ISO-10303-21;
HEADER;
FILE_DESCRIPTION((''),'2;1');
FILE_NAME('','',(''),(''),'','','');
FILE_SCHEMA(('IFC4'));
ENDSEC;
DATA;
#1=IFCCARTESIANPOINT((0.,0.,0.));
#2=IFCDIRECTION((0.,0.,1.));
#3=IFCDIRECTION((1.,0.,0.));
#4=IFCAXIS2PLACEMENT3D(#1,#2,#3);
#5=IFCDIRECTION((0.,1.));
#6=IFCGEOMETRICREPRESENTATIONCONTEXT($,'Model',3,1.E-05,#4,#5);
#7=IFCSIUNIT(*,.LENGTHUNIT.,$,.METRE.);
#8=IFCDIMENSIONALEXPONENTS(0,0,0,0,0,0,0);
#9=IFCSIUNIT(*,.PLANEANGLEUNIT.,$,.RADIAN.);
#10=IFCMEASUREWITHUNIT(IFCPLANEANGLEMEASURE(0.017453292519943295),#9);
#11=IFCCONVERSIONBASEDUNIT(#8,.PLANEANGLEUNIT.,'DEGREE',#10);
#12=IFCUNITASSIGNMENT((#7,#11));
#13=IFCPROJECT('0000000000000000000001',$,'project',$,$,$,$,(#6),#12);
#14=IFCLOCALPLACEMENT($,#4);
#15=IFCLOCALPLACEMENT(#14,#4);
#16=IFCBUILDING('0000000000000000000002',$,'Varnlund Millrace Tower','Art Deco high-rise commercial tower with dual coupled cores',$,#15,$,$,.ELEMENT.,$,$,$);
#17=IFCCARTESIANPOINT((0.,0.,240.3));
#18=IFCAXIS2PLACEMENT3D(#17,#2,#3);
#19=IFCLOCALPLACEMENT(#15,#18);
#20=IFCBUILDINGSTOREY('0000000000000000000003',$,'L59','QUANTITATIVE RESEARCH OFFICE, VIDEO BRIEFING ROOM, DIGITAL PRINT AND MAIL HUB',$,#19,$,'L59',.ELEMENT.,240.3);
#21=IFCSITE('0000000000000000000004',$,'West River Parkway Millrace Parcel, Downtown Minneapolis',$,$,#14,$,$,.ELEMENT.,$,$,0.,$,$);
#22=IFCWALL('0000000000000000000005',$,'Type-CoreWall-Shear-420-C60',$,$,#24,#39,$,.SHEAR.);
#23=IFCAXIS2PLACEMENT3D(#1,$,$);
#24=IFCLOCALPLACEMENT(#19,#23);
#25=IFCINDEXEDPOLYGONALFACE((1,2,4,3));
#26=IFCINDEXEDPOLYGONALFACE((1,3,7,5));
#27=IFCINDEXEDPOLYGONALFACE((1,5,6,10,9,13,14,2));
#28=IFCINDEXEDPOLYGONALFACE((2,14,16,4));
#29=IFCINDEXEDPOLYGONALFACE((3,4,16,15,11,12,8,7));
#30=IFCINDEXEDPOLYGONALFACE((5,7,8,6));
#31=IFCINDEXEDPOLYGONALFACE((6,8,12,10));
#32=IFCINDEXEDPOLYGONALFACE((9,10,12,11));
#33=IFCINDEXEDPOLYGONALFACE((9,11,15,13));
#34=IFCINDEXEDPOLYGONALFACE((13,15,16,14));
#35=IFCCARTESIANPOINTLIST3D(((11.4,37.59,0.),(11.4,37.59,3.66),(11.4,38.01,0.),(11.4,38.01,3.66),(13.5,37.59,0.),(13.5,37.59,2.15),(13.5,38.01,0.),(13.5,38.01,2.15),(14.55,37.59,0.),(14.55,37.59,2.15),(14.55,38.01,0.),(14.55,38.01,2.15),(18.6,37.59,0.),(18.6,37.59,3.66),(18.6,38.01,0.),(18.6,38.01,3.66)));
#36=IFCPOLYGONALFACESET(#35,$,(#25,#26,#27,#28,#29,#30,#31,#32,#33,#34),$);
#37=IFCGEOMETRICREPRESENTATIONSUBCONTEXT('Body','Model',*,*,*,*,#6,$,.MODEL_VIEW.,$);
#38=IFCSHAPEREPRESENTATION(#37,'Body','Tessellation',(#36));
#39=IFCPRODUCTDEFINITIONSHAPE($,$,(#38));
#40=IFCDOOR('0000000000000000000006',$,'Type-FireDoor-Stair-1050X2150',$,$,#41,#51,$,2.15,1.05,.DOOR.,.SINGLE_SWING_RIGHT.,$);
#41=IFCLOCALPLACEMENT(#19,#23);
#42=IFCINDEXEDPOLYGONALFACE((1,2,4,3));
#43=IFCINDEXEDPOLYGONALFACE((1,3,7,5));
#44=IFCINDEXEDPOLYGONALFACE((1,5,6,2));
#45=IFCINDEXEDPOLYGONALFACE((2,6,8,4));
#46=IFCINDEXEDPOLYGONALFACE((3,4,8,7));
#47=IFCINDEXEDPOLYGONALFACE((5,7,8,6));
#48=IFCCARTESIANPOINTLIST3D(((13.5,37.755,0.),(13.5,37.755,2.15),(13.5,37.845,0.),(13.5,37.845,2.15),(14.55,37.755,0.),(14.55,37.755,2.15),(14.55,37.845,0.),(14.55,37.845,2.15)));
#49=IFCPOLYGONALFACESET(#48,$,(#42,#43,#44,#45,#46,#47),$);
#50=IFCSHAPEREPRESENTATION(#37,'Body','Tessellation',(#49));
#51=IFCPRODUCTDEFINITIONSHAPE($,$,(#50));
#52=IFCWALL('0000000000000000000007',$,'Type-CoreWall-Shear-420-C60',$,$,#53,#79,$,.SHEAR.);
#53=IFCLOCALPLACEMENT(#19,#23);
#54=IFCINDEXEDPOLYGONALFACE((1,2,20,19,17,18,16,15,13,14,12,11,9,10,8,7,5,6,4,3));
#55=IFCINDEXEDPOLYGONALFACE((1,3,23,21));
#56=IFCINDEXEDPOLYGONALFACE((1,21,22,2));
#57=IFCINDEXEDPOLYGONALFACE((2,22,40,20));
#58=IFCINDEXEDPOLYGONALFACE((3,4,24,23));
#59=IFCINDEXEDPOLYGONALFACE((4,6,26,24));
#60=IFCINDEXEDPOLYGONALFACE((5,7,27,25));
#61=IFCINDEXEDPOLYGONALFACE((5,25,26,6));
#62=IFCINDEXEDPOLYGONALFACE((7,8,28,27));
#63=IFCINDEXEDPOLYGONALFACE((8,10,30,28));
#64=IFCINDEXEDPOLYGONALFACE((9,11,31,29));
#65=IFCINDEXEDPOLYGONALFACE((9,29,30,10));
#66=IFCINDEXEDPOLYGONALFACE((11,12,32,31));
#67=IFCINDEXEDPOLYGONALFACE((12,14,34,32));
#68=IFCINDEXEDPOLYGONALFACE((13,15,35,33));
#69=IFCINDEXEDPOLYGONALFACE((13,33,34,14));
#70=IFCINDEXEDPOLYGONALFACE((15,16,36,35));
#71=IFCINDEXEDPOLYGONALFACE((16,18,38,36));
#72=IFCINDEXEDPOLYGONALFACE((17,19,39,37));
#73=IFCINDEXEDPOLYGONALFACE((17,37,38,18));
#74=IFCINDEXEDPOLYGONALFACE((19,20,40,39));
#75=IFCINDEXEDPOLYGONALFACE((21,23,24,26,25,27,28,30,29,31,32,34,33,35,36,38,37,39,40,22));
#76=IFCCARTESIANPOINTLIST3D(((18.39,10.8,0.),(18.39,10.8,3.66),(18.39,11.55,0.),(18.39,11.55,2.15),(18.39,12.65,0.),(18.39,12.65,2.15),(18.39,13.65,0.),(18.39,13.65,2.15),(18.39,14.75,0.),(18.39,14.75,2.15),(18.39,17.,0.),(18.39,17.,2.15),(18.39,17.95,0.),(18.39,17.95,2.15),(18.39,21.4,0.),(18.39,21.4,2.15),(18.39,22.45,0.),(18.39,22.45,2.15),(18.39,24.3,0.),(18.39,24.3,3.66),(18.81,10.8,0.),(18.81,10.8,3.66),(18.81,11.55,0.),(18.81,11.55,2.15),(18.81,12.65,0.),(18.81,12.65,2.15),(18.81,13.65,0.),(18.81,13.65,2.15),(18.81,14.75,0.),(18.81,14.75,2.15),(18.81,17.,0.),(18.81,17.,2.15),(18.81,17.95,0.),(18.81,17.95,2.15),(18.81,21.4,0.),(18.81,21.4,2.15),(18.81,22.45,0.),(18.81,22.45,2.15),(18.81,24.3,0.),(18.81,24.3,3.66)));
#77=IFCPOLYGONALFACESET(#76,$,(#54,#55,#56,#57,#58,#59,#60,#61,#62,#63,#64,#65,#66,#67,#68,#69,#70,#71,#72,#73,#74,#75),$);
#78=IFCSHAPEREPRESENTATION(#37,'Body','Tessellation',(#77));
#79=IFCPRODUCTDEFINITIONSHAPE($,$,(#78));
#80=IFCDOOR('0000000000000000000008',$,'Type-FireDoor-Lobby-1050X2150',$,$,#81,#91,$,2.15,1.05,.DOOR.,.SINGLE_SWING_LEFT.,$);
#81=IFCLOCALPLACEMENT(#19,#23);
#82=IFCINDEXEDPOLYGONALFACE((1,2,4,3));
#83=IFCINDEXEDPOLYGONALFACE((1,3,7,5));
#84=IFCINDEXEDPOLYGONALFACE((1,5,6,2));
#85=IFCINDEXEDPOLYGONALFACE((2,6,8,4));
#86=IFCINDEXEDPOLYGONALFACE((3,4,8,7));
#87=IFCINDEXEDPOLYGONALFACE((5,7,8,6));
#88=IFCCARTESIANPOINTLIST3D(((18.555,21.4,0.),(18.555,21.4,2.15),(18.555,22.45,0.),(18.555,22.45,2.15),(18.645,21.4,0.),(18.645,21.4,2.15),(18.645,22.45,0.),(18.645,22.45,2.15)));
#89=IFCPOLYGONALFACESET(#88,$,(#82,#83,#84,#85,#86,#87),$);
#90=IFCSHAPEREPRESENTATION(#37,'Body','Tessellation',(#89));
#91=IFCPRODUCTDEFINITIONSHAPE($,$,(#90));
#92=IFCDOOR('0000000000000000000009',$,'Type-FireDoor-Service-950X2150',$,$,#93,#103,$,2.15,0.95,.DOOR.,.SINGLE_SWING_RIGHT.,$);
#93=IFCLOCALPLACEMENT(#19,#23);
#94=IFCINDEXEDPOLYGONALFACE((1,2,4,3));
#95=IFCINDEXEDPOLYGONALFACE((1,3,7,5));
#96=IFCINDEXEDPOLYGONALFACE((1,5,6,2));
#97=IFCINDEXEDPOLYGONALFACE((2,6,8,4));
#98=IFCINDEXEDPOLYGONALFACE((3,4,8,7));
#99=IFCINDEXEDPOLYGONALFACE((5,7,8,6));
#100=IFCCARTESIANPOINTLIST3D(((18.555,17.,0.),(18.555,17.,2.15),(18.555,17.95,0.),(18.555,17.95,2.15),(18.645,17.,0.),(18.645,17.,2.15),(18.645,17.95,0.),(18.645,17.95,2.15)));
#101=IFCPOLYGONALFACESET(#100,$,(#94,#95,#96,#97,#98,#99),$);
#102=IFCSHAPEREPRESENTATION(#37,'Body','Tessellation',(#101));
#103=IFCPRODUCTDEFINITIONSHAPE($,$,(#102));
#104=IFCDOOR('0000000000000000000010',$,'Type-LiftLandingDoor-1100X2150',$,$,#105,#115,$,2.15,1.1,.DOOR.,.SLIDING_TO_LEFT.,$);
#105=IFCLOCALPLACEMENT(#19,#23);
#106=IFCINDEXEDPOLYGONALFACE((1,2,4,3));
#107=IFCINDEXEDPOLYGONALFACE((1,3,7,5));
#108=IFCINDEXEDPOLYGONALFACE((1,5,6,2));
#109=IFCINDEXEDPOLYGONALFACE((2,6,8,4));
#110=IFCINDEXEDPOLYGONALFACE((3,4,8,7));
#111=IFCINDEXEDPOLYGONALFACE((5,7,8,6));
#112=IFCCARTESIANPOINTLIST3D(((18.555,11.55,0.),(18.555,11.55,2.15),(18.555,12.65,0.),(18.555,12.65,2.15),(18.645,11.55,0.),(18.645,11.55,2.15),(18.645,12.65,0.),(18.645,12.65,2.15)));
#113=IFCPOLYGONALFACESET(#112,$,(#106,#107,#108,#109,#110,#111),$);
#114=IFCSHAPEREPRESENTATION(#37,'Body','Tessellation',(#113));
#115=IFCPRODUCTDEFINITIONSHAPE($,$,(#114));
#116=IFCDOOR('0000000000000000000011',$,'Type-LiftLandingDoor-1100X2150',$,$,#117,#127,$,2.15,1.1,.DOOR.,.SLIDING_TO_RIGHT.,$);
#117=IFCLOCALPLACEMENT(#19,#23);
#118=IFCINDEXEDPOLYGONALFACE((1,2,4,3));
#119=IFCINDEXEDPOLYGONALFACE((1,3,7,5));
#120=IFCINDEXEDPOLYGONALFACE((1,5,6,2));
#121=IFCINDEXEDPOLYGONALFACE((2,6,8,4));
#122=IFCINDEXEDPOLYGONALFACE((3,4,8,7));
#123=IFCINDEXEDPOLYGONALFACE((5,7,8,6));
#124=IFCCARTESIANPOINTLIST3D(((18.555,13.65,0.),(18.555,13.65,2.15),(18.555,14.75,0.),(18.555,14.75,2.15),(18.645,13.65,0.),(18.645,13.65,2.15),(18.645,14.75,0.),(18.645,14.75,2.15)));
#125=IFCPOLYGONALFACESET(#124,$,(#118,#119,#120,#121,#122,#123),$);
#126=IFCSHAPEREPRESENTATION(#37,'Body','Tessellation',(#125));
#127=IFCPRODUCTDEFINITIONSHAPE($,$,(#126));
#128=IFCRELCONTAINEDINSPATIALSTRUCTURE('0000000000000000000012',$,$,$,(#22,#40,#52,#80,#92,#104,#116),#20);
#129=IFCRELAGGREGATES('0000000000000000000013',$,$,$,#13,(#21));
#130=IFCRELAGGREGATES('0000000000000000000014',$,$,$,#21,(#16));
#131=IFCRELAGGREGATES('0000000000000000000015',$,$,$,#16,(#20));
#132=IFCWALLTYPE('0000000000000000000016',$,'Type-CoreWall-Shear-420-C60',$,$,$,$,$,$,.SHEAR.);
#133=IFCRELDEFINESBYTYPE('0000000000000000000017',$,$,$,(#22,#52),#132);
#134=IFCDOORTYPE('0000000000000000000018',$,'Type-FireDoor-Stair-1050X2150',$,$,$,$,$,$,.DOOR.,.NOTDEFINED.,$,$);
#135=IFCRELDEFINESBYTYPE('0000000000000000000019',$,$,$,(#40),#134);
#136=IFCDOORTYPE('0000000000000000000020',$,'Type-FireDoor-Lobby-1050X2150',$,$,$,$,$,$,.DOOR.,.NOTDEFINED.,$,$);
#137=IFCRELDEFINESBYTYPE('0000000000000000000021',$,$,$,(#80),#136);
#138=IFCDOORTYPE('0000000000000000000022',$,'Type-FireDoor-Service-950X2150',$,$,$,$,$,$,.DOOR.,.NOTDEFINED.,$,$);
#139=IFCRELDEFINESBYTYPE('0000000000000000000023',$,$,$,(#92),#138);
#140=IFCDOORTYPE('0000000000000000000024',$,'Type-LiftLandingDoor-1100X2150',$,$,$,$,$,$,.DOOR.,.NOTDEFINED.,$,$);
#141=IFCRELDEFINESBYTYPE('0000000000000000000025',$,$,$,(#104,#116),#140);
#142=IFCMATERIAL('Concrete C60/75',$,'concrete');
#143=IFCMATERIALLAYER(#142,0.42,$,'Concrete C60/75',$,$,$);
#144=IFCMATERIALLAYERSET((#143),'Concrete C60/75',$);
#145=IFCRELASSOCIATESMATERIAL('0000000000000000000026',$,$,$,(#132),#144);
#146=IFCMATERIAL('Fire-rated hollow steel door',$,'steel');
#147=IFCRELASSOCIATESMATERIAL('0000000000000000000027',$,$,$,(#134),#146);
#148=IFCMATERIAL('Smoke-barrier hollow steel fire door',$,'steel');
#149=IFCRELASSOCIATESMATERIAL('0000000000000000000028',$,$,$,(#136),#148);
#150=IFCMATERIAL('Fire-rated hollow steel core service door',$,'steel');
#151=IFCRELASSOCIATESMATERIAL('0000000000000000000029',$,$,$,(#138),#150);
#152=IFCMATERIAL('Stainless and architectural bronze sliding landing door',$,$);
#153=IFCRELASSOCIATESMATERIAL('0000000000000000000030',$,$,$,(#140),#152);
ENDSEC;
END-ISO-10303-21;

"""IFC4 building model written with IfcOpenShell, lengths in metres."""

from ifc_helpers import new_model, entity, si_unit, converted_unit, direction, frame, origin_with_axes, origin_2d_with_axis, place, context, subcontext, project, spatial, polyline, rectangle, outline, extrude, material, layer, layer_set, type_object, element, fill, save


model = new_model("IFC4")

# Units and contexts
model_context = context("Model", 3, precision=1e-05, world=origin_with_axes(), true_north=direction((0.0, 1.0)))
body_context = subcontext(model_context, "Body", "Model", "MODEL_VIEW")
ifc_project = project(units=[si_unit("LENGTHUNIT", "METRE"), converted_unit("PLANEANGLEUNIT", "DEGREE", entity("IfcPlaneAngleMeasure", 0.017453292519943295), si_unit("PLANEANGLEUNIT", "RADIAN"), dimensions=[0, 0, 0, 0, 0, 0, 0])], contexts=[model_context])

# Site, building, storey
site_placement = place(None, origin_with_axes())
site = spatial("IfcSite", under=ifc_project, at=site_placement, Name="West River Parkway Millrace Parcel, Downtown Minneapolis", CompositionType="ELEMENT", RefElevation=0.0)
building_placement = place(site_placement, origin_with_axes())
building = spatial("IfcBuilding", under=site, at=building_placement, Name="Varnlund Millrace Tower", Description="Art Deco high-rise commercial tower with dual coupled cores", CompositionType="ELEMENT")
storey_placement = place(building_placement, frame((0.0, 0.0, 240.3), z_axis=(0.0, 0.0, 1.0), x_axis=(1.0, 0.0, 0.0)))
storey = spatial("IfcBuildingStorey", under=building, at=storey_placement, Name="L59", Description="QUANTITATIVE RESEARCH OFFICE, VIDEO BRIEFING ROOM, DIGITAL PRINT AND MAIL HUB", LongName="L59", CompositionType="ELEMENT", Elevation=240.3)

# Wall, opening, door
ifc_material_1 = material(Name="Concrete C60/75", Category="concrete")
ifc_layer_1 = layer(ifc_material_1, 0.42, Name="Concrete C60/75")
ifc_layer_set_1 = layer_set([ifc_layer_1], Name="Concrete C60/75")
wall_type_1 = type_object("IfcWallType", Name="Type-CoreWall-Shear-420-C60", PredefinedType="SHEAR", material=ifc_layer_set_1)
wall_1_placement = place(storey_placement, frame((11.4, 37.8, 0.0), z_axis=(0.0, 0.0, 1.0), x_axis=(1.0, 0.0, 0.0)))
wall_1 = element("IfcWall", 1, at=wall_1_placement, inside=storey, type_object=wall_type_1, Name="Type-CoreWall-Shear-420-C60", PredefinedType="SHEAR", context=body_context, shape_type="SweptSolid", body=[
    extrude(outline(polyline([(0.0, -0.21), (7.2, -0.21), (7.2, 0.21), (0.0, 0.21), (0.0, -0.21)])), origin_with_axes(), (0.0, 0.0, 1.0), 3.66),
])
opening_1_placement = place(wall_1_placement, frame((2.625, 0.0, 0.0), z_axis=(0.0, 0.0, 1.0), x_axis=(1.0, 0.0, 0.0)))
opening_1 = element("IfcOpeningElement", 2, at=opening_1_placement, cuts=wall_1, PredefinedType="OPENING", context=body_context, shape_type="SweptSolid", body=[
    extrude(rectangle(XDim=1.05, YDim=0.44, at=origin_2d_with_axis()), origin_with_axes(), (0.0, 0.0, 1.0), 2.15),
])
ifc_material_2 = material(Name="Fire-rated hollow steel door", Category="steel")
door_type_1 = type_object("IfcDoorType", Name="Type-FireDoor-Stair-1050X2150", OperationType="NOTDEFINED", PredefinedType="DOOR", material=ifc_material_2)
door_1_placement = place(wall_1_placement, frame((2.625, 0.0, 0.0), z_axis=(0.0, 0.0, 1.0), x_axis=(1.0, 0.0, 0.0)))
door_1 = element("IfcDoor", 3, at=door_1_placement, inside=storey, type_object=door_type_1, Name="Type-FireDoor-Stair-1050X2150", OperationType="SINGLE_SWING_RIGHT", OverallHeight=2.15, OverallWidth=1.05, PredefinedType="DOOR", context=body_context, shape_type="SweptSolid", body=[
    extrude(rectangle(XDim=1.05, YDim=0.09, at=origin_2d_with_axis()), origin_with_axes(), (0.0, 0.0, 1.0), 2.15),
])
fill(opening_1, door_1)

# Wall, openings, doors
wall_2_placement = place(storey_placement, frame((18.6, 10.8, 0.0), z_axis=(0.0, 0.0, 1.0), x_axis=(0.0, 1.0, 0.0)))
wall_2 = element("IfcWall", 4, at=wall_2_placement, inside=storey, type_object=wall_type_1, Name="Type-CoreWall-Shear-420-C60", PredefinedType="SHEAR", context=body_context, shape_type="SweptSolid", body=[
    extrude(outline(polyline([(0.0, -0.21), (13.5, -0.21), (13.5, 0.21), (0.0, 0.21), (0.0, -0.21)])), origin_with_axes(), (0.0, 0.0, 1.0), 3.66),
])
opening_2_placement = place(wall_2_placement, frame((1.3, 0.0, 0.0), z_axis=(0.0, 0.0, 1.0), x_axis=(1.0, 0.0, 0.0)))
opening_2 = element("IfcOpeningElement", 5, at=opening_2_placement, cuts=wall_2, PredefinedType="OPENING", context=body_context, shape_type="SweptSolid", body=[
    extrude(rectangle(XDim=1.1, YDim=0.44, at=origin_2d_with_axis()), origin_with_axes(), (0.0, 0.0, 1.0), 2.15),
])
opening_3_placement = place(wall_2_placement, frame((3.4, 0.0, 0.0), z_axis=(0.0, 0.0, 1.0), x_axis=(1.0, 0.0, 0.0)))
opening_3 = element("IfcOpeningElement", 6, at=opening_3_placement, cuts=wall_2, PredefinedType="OPENING", context=body_context, shape_type="SweptSolid", body=[
    extrude(rectangle(XDim=1.1, YDim=0.44, at=origin_2d_with_axis()), origin_with_axes(), (0.0, 0.0, 1.0), 2.15),
])
opening_4_placement = place(wall_2_placement, frame((11.125, 0.0, 0.0), z_axis=(0.0, 0.0, 1.0), x_axis=(1.0, 0.0, 0.0)))
opening_4 = element("IfcOpeningElement", 7, at=opening_4_placement, cuts=wall_2, PredefinedType="OPENING", context=body_context, shape_type="SweptSolid", body=[
    extrude(rectangle(XDim=1.05, YDim=0.44, at=origin_2d_with_axis()), origin_with_axes(), (0.0, 0.0, 1.0), 2.15),
])
opening_5_placement = place(wall_2_placement, frame((6.675, 0.0, 0.0), z_axis=(0.0, 0.0, 1.0), x_axis=(1.0, 0.0, 0.0)))
opening_5 = element("IfcOpeningElement", 8, at=opening_5_placement, cuts=wall_2, PredefinedType="OPENING", context=body_context, shape_type="SweptSolid", body=[
    extrude(rectangle(XDim=0.95, YDim=0.44, at=origin_2d_with_axis()), origin_with_axes(), (0.0, 0.0, 1.0), 2.15),
])
ifc_material_3 = material(Name="Smoke-barrier hollow steel fire door", Category="steel")
door_type_2 = type_object("IfcDoorType", Name="Type-FireDoor-Lobby-1050X2150", OperationType="NOTDEFINED", PredefinedType="DOOR", material=ifc_material_3)
door_2_placement = place(wall_2_placement, frame((11.125, 0.0, 0.0), z_axis=(0.0, 0.0, 1.0), x_axis=(1.0, 0.0, 0.0)))
door_2 = element("IfcDoor", 9, at=door_2_placement, inside=storey, type_object=door_type_2, Name="Type-FireDoor-Lobby-1050X2150", OperationType="SINGLE_SWING_LEFT", OverallHeight=2.15, OverallWidth=1.05, PredefinedType="DOOR", context=body_context, shape_type="SweptSolid", body=[
    extrude(rectangle(XDim=1.05, YDim=0.09, at=origin_2d_with_axis()), origin_with_axes(), (0.0, 0.0, 1.0), 2.15),
])
fill(opening_4, door_2)
ifc_material_4 = material(Name="Fire-rated hollow steel core service door", Category="steel")
door_type_3 = type_object("IfcDoorType", Name="Type-FireDoor-Service-950X2150", OperationType="NOTDEFINED", PredefinedType="DOOR", material=ifc_material_4)
door_3_placement = place(wall_2_placement, frame((6.675, 0.0, 0.0), z_axis=(0.0, 0.0, 1.0), x_axis=(1.0, 0.0, 0.0)))
door_3 = element("IfcDoor", 10, at=door_3_placement, inside=storey, type_object=door_type_3, Name="Type-FireDoor-Service-950X2150", OperationType="SINGLE_SWING_RIGHT", OverallHeight=2.15, OverallWidth=0.95, PredefinedType="DOOR", context=body_context, shape_type="SweptSolid", body=[
    extrude(rectangle(XDim=0.95, YDim=0.09, at=origin_2d_with_axis()), origin_with_axes(), (0.0, 0.0, 1.0), 2.15),
])
fill(opening_5, door_3)
ifc_material_5 = material(Name="Stainless and architectural bronze sliding landing door")
door_type_4 = type_object("IfcDoorType", Name="Type-LiftLandingDoor-1100X2150", OperationType="NOTDEFINED", PredefinedType="DOOR", material=ifc_material_5)
door_4_placement = place(wall_2_placement, frame((1.3, 0.0, 0.0), z_axis=(0.0, 0.0, 1.0), x_axis=(1.0, 0.0, 0.0)))
door_4 = element("IfcDoor", 11, at=door_4_placement, inside=storey, type_object=door_type_4, Name="Type-LiftLandingDoor-1100X2150", OperationType="SLIDING_TO_LEFT", OverallHeight=2.15, OverallWidth=1.1, PredefinedType="DOOR", context=body_context, shape_type="SweptSolid", body=[
    extrude(rectangle(XDim=1.1, YDim=0.09, at=origin_2d_with_axis()), origin_with_axes(), (0.0, 0.0, 1.0), 2.15),
])
fill(opening_2, door_4)
door_5_placement = place(wall_2_placement, frame((3.4, 0.0, 0.0), z_axis=(0.0, 0.0, 1.0), x_axis=(1.0, 0.0, 0.0)))
door_5 = element("IfcDoor", 12, at=door_5_placement, inside=storey, type_object=door_type_4, Name="Type-LiftLandingDoor-1100X2150", OperationType="SLIDING_TO_RIGHT", OverallHeight=2.15, OverallWidth=1.1, PredefinedType="DOOR", context=body_context, shape_type="SweptSolid", body=[
    extrude(rectangle(XDim=1.1, YDim=0.09, at=origin_2d_with_axis()), origin_with_axes(), (0.0, 0.0, 1.0), 2.15),
])
fill(opening_3, door_5)

save(model, "model.ifc")
